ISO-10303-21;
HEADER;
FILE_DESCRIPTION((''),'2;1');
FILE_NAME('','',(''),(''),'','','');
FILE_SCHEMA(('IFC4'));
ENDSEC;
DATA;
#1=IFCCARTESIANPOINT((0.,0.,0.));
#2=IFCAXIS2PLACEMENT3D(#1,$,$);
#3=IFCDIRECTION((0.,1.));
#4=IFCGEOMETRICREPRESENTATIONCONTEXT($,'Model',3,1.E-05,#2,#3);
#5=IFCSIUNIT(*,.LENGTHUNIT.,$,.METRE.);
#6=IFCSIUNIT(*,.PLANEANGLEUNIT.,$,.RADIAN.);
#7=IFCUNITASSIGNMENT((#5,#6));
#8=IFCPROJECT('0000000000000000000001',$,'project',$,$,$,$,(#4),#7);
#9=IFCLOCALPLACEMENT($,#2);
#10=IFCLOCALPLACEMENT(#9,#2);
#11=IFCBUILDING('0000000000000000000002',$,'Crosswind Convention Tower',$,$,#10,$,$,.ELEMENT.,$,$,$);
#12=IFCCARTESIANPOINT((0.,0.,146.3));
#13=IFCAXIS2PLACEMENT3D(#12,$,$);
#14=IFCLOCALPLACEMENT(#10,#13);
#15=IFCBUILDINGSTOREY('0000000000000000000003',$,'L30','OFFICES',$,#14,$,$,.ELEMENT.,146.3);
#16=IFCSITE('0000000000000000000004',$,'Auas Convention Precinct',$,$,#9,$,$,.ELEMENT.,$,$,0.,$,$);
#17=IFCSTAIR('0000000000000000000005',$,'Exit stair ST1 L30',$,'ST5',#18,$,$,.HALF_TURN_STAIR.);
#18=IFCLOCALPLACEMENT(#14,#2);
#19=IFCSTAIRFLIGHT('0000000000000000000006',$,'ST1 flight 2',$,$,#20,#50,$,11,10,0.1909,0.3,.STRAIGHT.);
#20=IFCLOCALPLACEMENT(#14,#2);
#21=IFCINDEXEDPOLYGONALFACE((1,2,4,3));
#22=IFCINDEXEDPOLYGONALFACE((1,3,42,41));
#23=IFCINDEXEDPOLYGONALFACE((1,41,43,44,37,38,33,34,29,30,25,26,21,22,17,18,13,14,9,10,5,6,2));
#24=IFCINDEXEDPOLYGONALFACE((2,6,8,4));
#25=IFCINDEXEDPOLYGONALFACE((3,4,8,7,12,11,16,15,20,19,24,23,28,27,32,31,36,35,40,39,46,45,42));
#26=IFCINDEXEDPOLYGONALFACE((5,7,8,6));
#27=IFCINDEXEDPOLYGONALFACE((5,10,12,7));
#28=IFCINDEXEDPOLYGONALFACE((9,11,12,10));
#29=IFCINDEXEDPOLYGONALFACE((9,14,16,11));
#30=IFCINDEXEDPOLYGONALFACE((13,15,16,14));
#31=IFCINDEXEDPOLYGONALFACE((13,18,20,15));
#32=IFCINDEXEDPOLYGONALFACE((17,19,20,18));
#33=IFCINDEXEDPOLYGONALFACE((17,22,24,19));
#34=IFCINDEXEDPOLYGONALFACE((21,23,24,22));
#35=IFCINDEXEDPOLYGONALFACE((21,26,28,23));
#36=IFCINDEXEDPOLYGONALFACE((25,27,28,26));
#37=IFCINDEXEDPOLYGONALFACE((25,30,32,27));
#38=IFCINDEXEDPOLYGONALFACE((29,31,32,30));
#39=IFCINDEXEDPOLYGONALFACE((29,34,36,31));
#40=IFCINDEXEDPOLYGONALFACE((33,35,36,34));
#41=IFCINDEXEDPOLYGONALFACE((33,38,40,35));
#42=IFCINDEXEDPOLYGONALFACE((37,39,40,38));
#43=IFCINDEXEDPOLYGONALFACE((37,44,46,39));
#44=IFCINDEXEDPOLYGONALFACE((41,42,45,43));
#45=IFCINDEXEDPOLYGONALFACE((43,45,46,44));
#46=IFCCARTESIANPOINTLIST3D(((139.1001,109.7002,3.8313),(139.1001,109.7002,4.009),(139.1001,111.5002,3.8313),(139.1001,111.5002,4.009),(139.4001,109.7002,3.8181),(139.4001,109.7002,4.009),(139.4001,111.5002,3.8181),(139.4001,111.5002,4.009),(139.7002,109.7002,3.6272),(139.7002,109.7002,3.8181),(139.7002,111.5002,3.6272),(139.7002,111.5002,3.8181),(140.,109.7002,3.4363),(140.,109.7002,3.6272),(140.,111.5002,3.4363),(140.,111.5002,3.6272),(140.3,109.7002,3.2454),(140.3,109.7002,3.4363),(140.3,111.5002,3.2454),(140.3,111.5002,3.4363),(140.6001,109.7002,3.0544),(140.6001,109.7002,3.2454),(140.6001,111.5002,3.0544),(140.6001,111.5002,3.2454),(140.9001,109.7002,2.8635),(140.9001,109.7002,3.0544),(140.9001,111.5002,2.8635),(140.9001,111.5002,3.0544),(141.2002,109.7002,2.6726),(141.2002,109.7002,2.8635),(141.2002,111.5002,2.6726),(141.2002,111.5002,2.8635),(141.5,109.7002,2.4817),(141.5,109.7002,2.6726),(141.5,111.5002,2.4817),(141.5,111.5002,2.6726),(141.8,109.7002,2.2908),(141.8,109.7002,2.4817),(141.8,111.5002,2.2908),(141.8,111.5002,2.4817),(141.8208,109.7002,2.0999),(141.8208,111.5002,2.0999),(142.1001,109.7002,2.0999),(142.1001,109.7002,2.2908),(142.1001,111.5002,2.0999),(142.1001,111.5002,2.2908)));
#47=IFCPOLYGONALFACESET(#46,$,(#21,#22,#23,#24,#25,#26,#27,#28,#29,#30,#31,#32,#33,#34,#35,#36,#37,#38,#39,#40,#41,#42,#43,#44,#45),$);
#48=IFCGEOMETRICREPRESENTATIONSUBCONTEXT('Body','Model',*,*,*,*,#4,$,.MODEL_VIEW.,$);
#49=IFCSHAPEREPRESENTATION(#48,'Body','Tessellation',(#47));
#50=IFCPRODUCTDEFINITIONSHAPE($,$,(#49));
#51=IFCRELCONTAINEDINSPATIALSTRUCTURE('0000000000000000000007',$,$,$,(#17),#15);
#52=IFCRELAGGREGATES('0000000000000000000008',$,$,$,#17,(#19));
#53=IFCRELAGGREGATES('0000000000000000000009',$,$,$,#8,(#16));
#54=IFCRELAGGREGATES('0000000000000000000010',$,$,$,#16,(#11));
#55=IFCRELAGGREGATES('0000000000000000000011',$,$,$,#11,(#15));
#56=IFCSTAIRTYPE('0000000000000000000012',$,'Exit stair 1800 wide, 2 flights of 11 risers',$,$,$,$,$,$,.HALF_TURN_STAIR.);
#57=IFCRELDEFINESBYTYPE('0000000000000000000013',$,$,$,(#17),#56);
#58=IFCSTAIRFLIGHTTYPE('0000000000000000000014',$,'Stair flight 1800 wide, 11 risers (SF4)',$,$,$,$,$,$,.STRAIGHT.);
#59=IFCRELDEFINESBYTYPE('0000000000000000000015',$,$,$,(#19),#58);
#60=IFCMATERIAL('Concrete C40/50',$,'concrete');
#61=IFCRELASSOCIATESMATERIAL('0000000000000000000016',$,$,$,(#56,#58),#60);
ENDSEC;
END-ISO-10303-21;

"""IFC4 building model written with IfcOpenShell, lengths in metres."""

from ifc_helpers import new_model, si_unit, direction, frame, origin, place, context, subcontext, project, spatial, polyline, outline, extrude, material, type_object, element, aggregate, save


model = new_model("IFC4")

# Units and contexts
model_context = context("Model", 3, precision=1e-05, world=origin(), true_north=direction((0.0, 1.0)))
body_context = subcontext(model_context, "Body", "Model", "MODEL_VIEW")
ifc_project = project(units=[si_unit("LENGTHUNIT", "METRE"), si_unit("PLANEANGLEUNIT", "RADIAN")], contexts=[model_context])

# Site, building, storey
site_placement = place(None, origin())
site = spatial("IfcSite", under=ifc_project, at=site_placement, Name="Auas Convention Precinct", CompositionType="ELEMENT", RefElevation=0.0)
building_placement = place(site_placement, origin())
building = spatial("IfcBuilding", under=site, at=building_placement, Name="Crosswind Convention Tower", CompositionType="ELEMENT")
storey_placement = place(building_placement, frame((0.0, 0.0, 146.3)))
storey = spatial("IfcBuildingStorey", under=building, at=storey_placement, Name="L30", Description="OFFICES", CompositionType="ELEMENT", Elevation=146.3)

# Stair, stair flight
ifc_material_1 = material(Name="Concrete C40/50", Category="concrete")
stair_type = type_object("IfcStairType", Name="Exit stair 1800 wide, 2 flights of 11 risers", PredefinedType="HALF_TURN_STAIR", material=ifc_material_1)
stair_placement = place(storey_placement, origin())
stair = element("IfcStair", 1, at=stair_placement, inside=storey, type_object=stair_type, Name="Exit stair ST1 L30", ObjectType="ST5", PredefinedType="HALF_TURN_STAIR")
stair_flight_type = type_object("IfcStairFlightType", Name="Stair flight 1800 wide, 11 risers (SF4)", PredefinedType="STRAIGHT", material=ifc_material_1)
stair_flight_1_placement = place(storey_placement, frame((142.1001, 110.6001, 2.0999), z_axis=(0.0, 0.0, 1.0), x_axis=(-1.0, 0.0, 0.0)))
stair_flight_1 = element("IfcStairFlight", 2, at=stair_flight_1_placement, type_object=stair_flight_type, Name="ST1 flight 2", NumberOfRisers=11, NumberOfTreads=10, PredefinedType="STRAIGHT", RiserHeight=0.1909, TreadLength=0.3, context=body_context, shape_type="SweptSolid", body=[
    extrude(outline(polyline([(0.0, 0.0), (0.0, 0.1909), (0.3, 0.1909), (0.3, 0.3818), (0.6001, 0.3818), (0.6001, 0.5728), (0.8999, 0.5728), (0.8999, 0.7637), (1.2, 0.7637), (1.2, 0.9546), (1.5, 0.9546), (1.5, 1.1455), (1.8, 1.1455), (1.8, 1.3364), (2.1001, 1.3364), (2.1001, 1.5273), (2.3999, 1.5273), (2.3999, 1.7183), (2.7, 1.7183), (2.7, 1.9092), (3.0, 1.9092), (3.0, 2.1001), (3.0, 1.7314), (0.2793, 0.0), (0.0, 0.0)])), frame((0.0, 0.8999, 0.0), z_axis=(0.0, -1.0, 0.0), x_axis=(1.0, 0.0, 0.0)), (0.0, 0.0, 1.0), 1.8),
])
aggregate(stair, [stair_flight_1])

save(model, "model.ifc")
